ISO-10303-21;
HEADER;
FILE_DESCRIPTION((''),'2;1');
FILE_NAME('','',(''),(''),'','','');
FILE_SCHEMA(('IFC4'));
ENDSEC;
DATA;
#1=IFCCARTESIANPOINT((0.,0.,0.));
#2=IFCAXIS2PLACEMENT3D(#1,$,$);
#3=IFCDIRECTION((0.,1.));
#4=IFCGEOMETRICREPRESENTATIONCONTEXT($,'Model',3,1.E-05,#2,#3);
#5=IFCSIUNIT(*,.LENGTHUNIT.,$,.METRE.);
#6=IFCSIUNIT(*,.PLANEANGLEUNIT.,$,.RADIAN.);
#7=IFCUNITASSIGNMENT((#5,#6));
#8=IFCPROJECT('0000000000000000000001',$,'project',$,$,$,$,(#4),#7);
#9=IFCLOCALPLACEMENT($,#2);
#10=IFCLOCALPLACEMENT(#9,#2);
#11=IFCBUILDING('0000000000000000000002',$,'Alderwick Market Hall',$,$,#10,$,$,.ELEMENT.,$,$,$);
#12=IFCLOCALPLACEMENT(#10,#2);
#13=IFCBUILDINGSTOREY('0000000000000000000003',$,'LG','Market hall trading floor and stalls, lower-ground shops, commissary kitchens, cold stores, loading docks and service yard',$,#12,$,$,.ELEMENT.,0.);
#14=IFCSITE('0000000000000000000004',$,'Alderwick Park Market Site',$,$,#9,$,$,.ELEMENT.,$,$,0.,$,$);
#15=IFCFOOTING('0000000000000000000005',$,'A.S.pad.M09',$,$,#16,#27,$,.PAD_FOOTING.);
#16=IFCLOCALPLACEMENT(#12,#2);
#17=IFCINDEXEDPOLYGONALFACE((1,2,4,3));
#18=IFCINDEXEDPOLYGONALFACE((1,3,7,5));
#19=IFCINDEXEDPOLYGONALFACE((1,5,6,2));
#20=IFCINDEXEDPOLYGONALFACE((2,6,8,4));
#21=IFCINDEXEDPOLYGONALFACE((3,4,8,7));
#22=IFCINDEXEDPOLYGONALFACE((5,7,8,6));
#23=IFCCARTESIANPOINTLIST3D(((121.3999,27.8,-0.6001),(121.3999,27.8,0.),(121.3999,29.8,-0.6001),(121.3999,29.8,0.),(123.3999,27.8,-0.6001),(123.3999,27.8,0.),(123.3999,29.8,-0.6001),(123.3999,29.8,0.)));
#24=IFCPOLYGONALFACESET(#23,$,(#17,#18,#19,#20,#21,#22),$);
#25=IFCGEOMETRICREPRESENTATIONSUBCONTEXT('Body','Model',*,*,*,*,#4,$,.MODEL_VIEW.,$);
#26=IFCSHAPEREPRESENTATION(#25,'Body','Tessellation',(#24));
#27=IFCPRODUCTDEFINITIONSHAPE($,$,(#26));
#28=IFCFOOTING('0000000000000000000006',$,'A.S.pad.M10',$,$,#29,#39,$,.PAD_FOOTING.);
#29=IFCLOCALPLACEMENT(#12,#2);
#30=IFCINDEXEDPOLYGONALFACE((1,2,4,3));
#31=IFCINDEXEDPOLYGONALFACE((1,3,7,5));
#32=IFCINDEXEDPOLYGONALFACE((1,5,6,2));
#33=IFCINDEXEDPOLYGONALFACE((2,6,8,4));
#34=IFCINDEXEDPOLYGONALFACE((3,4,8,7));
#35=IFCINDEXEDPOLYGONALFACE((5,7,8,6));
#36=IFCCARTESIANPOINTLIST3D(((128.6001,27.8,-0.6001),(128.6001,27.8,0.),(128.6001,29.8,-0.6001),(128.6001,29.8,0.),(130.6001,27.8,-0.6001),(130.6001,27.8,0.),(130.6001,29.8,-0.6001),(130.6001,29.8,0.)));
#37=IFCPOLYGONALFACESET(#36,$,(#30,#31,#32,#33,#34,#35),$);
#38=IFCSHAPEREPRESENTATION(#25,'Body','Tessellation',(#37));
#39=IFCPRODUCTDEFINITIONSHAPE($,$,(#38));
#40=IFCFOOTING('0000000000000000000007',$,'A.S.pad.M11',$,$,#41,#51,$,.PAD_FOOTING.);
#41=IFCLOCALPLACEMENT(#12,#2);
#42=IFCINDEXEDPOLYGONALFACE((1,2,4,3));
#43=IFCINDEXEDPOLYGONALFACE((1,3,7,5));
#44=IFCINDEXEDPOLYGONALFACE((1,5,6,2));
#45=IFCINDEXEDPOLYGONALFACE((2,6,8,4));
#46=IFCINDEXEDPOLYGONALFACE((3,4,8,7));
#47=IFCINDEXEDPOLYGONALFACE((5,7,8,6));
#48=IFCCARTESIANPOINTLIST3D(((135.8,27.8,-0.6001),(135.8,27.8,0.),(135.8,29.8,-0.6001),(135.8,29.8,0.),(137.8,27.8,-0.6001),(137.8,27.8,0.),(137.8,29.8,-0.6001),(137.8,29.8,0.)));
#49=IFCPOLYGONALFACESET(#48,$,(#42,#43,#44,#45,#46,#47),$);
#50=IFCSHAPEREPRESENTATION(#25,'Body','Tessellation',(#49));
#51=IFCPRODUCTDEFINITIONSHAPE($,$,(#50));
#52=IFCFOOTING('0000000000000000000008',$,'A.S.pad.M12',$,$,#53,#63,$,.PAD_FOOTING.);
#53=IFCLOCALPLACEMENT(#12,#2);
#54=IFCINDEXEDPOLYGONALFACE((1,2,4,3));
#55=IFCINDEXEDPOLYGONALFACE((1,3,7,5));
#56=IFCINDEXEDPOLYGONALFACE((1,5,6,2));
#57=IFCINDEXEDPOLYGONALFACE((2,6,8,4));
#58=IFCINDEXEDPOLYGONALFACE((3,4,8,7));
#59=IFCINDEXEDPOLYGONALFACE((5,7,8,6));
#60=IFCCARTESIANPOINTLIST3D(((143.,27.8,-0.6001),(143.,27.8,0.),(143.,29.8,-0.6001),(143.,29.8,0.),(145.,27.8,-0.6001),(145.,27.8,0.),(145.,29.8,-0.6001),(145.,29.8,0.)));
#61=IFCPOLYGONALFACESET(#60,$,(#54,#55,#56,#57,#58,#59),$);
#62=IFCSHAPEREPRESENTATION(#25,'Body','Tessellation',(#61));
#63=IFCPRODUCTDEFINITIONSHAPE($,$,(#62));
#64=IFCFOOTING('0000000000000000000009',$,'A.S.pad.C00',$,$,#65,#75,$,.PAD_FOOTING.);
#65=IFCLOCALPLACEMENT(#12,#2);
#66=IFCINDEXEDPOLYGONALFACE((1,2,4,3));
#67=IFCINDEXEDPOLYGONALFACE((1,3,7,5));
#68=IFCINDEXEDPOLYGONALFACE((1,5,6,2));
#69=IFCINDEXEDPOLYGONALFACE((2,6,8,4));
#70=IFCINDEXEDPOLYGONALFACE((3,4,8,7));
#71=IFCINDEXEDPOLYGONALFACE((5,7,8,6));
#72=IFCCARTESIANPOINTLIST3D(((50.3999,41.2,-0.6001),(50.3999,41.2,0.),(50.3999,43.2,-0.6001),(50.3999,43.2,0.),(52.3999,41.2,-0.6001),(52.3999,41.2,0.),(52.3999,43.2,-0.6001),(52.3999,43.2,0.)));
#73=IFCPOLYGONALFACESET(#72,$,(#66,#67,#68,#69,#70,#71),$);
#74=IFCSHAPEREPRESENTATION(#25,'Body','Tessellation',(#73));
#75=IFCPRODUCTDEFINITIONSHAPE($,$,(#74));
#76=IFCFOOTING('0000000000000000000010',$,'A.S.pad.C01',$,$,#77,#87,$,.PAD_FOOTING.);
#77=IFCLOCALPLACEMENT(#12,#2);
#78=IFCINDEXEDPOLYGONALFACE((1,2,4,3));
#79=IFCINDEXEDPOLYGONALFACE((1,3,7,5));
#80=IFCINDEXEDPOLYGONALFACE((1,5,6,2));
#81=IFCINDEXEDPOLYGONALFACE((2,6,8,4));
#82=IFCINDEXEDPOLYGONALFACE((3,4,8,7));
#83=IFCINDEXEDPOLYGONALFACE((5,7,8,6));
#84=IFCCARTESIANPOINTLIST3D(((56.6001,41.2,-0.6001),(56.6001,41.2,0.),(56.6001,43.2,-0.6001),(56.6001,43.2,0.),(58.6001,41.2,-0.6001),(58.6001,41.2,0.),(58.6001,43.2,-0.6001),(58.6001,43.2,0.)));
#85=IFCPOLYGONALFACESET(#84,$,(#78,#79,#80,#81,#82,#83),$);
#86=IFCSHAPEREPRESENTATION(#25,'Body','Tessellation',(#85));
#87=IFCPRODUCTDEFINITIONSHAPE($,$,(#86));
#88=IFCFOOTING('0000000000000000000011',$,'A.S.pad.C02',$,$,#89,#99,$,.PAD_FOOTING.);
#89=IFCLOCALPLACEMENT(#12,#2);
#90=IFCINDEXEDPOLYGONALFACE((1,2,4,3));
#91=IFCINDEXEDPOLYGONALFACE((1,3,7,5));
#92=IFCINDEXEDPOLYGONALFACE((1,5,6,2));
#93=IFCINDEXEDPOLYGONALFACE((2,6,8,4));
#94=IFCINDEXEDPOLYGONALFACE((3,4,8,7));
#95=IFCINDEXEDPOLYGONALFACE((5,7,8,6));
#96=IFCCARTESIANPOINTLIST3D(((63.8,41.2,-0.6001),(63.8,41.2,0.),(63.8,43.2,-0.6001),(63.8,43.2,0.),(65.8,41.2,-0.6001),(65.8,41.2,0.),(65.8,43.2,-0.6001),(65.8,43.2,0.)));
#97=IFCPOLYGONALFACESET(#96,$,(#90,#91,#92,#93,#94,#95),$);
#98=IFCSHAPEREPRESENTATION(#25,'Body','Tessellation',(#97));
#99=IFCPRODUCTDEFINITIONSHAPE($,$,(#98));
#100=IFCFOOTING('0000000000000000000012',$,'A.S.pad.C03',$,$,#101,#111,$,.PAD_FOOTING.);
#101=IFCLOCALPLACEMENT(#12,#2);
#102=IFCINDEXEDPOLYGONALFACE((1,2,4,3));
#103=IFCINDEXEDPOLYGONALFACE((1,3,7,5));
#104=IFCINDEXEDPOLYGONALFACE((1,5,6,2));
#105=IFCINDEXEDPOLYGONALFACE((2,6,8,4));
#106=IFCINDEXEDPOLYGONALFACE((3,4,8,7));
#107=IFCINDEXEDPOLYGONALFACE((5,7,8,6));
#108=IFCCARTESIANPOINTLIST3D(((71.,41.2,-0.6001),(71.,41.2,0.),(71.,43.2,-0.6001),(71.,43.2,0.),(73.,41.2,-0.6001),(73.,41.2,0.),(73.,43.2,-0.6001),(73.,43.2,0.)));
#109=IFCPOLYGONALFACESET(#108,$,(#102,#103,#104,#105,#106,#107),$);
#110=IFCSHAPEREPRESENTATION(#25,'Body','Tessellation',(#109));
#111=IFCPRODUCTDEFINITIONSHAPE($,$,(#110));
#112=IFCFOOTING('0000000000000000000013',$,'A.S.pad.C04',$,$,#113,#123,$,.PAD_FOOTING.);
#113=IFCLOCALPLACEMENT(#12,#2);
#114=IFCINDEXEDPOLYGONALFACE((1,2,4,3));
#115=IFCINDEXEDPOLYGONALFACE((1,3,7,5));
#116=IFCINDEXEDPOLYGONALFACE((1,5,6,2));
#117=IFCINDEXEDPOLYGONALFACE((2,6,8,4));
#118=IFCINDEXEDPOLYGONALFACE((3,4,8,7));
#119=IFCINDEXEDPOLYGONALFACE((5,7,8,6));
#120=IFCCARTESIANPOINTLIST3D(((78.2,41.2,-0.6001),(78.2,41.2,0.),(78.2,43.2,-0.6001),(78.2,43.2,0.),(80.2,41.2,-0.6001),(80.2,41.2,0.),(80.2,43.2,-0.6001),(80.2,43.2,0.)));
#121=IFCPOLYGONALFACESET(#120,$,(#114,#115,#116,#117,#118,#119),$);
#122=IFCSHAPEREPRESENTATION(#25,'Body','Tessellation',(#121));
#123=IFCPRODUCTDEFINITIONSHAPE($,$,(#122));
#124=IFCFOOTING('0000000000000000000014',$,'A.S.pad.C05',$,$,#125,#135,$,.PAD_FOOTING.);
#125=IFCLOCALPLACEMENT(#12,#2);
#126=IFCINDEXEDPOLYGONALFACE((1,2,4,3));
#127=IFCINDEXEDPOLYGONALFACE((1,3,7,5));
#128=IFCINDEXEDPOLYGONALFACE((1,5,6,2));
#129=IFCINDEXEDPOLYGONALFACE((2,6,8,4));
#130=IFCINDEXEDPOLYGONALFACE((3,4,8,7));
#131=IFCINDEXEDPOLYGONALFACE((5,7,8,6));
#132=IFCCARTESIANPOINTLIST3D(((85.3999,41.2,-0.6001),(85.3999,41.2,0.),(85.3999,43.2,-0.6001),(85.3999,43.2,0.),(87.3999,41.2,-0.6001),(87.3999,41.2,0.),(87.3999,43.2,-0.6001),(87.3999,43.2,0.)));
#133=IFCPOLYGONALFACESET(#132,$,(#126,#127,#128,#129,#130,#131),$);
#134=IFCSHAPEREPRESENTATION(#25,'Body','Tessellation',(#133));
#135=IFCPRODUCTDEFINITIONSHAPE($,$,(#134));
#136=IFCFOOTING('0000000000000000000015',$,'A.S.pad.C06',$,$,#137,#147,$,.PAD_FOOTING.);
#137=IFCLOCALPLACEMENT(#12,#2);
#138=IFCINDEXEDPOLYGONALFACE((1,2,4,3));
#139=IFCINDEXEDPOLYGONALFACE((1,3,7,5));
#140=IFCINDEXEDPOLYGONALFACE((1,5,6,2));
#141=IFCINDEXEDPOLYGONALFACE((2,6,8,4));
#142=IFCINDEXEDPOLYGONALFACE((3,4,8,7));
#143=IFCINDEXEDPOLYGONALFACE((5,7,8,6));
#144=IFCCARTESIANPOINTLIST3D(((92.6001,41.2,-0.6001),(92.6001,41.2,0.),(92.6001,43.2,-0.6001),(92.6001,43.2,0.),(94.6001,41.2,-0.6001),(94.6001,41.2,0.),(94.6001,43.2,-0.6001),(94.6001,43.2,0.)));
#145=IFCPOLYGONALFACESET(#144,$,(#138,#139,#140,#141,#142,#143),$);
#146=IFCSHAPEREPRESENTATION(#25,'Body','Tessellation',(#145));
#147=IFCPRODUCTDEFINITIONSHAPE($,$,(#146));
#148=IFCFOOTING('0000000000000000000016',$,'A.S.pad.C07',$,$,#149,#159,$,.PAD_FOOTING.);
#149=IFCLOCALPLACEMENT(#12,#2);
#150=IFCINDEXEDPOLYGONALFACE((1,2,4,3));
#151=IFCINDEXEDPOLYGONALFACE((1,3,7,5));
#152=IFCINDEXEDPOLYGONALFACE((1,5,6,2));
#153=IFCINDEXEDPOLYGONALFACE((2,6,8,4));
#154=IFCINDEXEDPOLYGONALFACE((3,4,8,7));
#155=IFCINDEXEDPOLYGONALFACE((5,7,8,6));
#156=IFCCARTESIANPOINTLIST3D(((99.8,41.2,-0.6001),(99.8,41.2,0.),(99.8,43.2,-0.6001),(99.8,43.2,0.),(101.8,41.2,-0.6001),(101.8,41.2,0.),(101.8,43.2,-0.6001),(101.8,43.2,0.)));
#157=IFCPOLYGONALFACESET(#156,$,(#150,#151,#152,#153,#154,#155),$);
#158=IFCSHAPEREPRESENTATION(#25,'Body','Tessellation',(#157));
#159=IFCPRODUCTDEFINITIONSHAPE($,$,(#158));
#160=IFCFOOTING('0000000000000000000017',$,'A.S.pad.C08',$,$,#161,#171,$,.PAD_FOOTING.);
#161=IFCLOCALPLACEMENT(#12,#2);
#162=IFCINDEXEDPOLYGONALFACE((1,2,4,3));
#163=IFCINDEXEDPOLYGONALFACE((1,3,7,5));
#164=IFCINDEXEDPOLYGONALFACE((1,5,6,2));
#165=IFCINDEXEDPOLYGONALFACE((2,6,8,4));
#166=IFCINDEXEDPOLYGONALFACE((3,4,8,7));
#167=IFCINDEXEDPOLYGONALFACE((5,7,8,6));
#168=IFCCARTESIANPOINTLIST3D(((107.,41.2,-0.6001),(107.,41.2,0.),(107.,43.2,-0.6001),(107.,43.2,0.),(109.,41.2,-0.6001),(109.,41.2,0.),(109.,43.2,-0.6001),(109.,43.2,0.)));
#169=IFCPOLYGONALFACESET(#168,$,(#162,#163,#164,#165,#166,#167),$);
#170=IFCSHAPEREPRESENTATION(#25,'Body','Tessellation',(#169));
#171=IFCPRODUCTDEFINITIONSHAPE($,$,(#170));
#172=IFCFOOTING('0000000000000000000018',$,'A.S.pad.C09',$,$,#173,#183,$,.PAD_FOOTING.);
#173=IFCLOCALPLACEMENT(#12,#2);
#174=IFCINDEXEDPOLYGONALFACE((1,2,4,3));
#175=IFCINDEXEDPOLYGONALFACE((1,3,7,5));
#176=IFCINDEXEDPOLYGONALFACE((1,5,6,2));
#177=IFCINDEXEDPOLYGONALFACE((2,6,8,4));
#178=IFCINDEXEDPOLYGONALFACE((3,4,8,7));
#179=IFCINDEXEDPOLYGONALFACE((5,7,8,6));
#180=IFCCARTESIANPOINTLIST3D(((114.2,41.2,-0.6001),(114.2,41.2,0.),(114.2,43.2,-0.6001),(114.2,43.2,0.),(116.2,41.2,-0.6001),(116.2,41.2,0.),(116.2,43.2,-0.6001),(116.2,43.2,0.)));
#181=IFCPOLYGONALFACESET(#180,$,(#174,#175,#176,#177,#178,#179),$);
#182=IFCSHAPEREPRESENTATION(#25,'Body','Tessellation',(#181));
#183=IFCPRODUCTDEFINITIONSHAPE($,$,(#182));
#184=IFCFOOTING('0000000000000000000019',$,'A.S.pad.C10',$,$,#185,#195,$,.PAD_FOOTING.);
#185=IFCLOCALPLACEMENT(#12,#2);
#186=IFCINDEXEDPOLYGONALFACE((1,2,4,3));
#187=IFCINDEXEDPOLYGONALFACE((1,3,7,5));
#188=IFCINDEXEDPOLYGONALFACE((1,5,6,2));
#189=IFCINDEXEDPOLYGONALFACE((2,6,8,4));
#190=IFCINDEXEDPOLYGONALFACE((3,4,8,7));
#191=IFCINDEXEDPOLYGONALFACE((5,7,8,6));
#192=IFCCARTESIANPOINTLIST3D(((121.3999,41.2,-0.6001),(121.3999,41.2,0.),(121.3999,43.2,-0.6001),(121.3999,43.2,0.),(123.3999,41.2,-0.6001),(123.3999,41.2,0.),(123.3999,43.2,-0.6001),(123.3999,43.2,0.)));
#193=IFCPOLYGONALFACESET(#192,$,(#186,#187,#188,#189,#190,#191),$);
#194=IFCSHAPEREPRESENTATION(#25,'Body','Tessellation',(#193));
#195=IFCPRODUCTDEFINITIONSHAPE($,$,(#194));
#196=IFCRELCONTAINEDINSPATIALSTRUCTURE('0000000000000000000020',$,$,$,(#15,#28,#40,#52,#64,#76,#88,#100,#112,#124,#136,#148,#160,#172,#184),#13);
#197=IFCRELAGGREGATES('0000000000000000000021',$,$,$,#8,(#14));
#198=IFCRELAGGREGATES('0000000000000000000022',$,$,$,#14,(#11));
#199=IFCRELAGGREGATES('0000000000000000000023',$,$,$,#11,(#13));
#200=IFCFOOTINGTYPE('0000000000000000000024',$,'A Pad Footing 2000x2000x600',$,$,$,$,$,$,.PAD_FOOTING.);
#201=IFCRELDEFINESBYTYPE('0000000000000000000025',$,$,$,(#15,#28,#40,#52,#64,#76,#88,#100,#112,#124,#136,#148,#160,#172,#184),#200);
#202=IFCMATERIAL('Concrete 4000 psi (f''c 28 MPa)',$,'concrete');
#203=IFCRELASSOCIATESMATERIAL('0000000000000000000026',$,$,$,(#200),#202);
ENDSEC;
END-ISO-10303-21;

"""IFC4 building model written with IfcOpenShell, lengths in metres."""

from ifc_helpers import new_model, si_unit, direction, frame, origin, place, context, subcontext, project, spatial, polyline, outline, extrude, material, type_object, element, save


model = new_model("IFC4")

# Units and contexts
model_context = context("Model", 3, precision=1e-05, world=origin(), true_north=direction((0.0, 1.0)))
body_context = subcontext(model_context, "Body", "Model", "MODEL_VIEW")
ifc_project = project(units=[si_unit("LENGTHUNIT", "METRE"), si_unit("PLANEANGLEUNIT", "RADIAN")], contexts=[model_context])

# Site, building, storey
site_placement = place(None, origin())
site = spatial("IfcSite", under=ifc_project, at=site_placement, Name="Alderwick Park Market Site", CompositionType="ELEMENT", RefElevation=0.0)
building_placement = place(site_placement, origin())
building = spatial("IfcBuilding", under=site, at=building_placement, Name="Alderwick Market Hall", CompositionType="ELEMENT")
storey_placement = place(building_placement, origin())
storey = spatial("IfcBuildingStorey", under=building, at=storey_placement, Name="LG", Description="Market hall trading floor and stalls, lower-ground shops, commissary kitchens, cold stores, loading docks and service yard", CompositionType="ELEMENT", Elevation=0.0)

# Footings
ifc_material = material(Name="Concrete 4000 psi (f'c 28 MPa)", Category="concrete")
footing_type_1 = type_object("IfcFootingType", Name="A Pad Footing 2000x2000x600", PredefinedType="PAD_FOOTING", material=ifc_material)
footing_1_placement = place(storey_placement, frame((0.0, 0.0, -0.6001)))
element("IfcFooting", 1, at=footing_1_placement, inside=storey, type_object=footing_type_1, Name="A.S.pad.M09", PredefinedType="PAD_FOOTING", context=body_context, shape_type="SweptSolid", body=[
    extrude(outline(polyline([(121.3999, 27.8), (123.3999, 27.8), (123.3999, 29.8), (121.3999, 29.8), (121.3999, 27.8)])), origin(), (0.0, 0.0, 1.0), 0.6001),
])
footing_2_placement = place(storey_placement, frame((0.0, 0.0, -0.6001)))
element("IfcFooting", 2, at=footing_2_placement, inside=storey, type_object=footing_type_1, Name="A.S.pad.M10", PredefinedType="PAD_FOOTING", context=body_context, shape_type="SweptSolid", body=[
    extrude(outline(polyline([(128.6001, 27.8), (130.6001, 27.8), (130.6001, 29.8), (128.6001, 29.8), (128.6001, 27.8)])), origin(), (0.0, 0.0, 1.0), 0.6001),
])
footing_3_placement = place(storey_placement, frame((0.0, 0.0, -0.6001)))
element("IfcFooting", 3, at=footing_3_placement, inside=storey, type_object=footing_type_1, Name="A.S.pad.M11", PredefinedType="PAD_FOOTING", context=body_context, shape_type="SweptSolid", body=[
    extrude(outline(polyline([(135.8, 27.8), (137.8, 27.8), (137.8, 29.8), (135.8, 29.8), (135.8, 27.8)])), origin(), (0.0, 0.0, 1.0), 0.6001),
])
footing_4_placement = place(storey_placement, frame((0.0, 0.0, -0.6001)))
element("IfcFooting", 4, at=footing_4_placement, inside=storey, type_object=footing_type_1, Name="A.S.pad.M12", PredefinedType="PAD_FOOTING", context=body_context, shape_type="SweptSolid", body=[
    extrude(outline(polyline([(143.0, 27.8), (145.0, 27.8), (145.0, 29.8), (143.0, 29.8), (143.0, 27.8)])), origin(), (0.0, 0.0, 1.0), 0.6001),
])
footing_5_placement = place(storey_placement, frame((0.0, 0.0, -0.6001)))
element("IfcFooting", 5, at=footing_5_placement, inside=storey, type_object=footing_type_1, Name="A.S.pad.C00", PredefinedType="PAD_FOOTING", context=body_context, shape_type="SweptSolid", body=[
    extrude(outline(polyline([(50.3999, 41.2), (52.3999, 41.2), (52.3999, 43.2), (50.3999, 43.2), (50.3999, 41.2)])), origin(), (0.0, 0.0, 1.0), 0.6001),
])
footing_6_placement = place(storey_placement, frame((0.0, 0.0, -0.6001)))
element("IfcFooting", 6, at=footing_6_placement, inside=storey, type_object=footing_type_1, Name="A.S.pad.C01", PredefinedType="PAD_FOOTING", context=body_context, shape_type="SweptSolid", body=[
    extrude(outline(polyline([(56.6001, 41.2), (58.6001, 41.2), (58.6001, 43.2), (56.6001, 43.2), (56.6001, 41.2)])), origin(), (0.0, 0.0, 1.0), 0.6001),
])
footing_7_placement = place(storey_placement, frame((0.0, 0.0, -0.6001)))
element("IfcFooting", 7, at=footing_7_placement, inside=storey, type_object=footing_type_1, Name="A.S.pad.C02", PredefinedType="PAD_FOOTING", context=body_context, shape_type="SweptSolid", body=[
    extrude(outline(polyline([(63.8, 41.2), (65.8, 41.2), (65.8, 43.2), (63.8, 43.2), (63.8, 41.2)])), origin(), (0.0, 0.0, 1.0), 0.6001),
])
footing_8_placement = place(storey_placement, frame((0.0, 0.0, -0.6001)))
element("IfcFooting", 8, at=footing_8_placement, inside=storey, type_object=footing_type_1, Name="A.S.pad.C03", PredefinedType="PAD_FOOTING", context=body_context, shape_type="SweptSolid", body=[
    extrude(outline(polyline([(71.0, 41.2), (73.0, 41.2), (73.0, 43.2), (71.0, 43.2), (71.0, 41.2)])), origin(), (0.0, 0.0, 1.0), 0.6001),
])
footing_9_placement = place(storey_placement, frame((0.0, 0.0, -0.6001)))
element("IfcFooting", 9, at=footing_9_placement, inside=storey, type_object=footing_type_1, Name="A.S.pad.C04", PredefinedType="PAD_FOOTING", context=body_context, shape_type="SweptSolid", body=[
    extrude(outline(polyline([(78.2, 41.2), (80.2, 41.2), (80.2, 43.2), (78.2, 43.2), (78.2, 41.2)])), origin(), (0.0, 0.0, 1.0), 0.6001),
])
footing_10_placement = place(storey_placement, frame((0.0, 0.0, -0.6001)))
element("IfcFooting", 10, at=footing_10_placement, inside=storey, type_object=footing_type_1, Name="A.S.pad.C05", PredefinedType="PAD_FOOTING", context=body_context, shape_type="SweptSolid", body=[
    extrude(outline(polyline([(85.3999, 41.2), (87.3999, 41.2), (87.3999, 43.2), (85.3999, 43.2), (85.3999, 41.2)])), origin(), (0.0, 0.0, 1.0), 0.6001),
])
footing_11_placement = place(storey_placement, frame((0.0, 0.0, -0.6001)))
element("IfcFooting", 11, at=footing_11_placement, inside=storey, type_object=footing_type_1, Name="A.S.pad.C06", PredefinedType="PAD_FOOTING", context=body_context, shape_type="SweptSolid", body=[
    extrude(outline(polyline([(92.6001, 41.2), (94.6001, 41.2), (94.6001, 43.2), (92.6001, 43.2), (92.6001, 41.2)])), origin(), (0.0, 0.0, 1.0), 0.6001),
])
footing_12_placement = place(storey_placement, frame((0.0, 0.0, -0.6001)))
element("IfcFooting", 12, at=footing_12_placement, inside=storey, type_object=footing_type_1, Name="A.S.pad.C07", PredefinedType="PAD_FOOTING", context=body_context, shape_type="SweptSolid", body=[
    extrude(outline(polyline([(99.8, 41.2), (101.8, 41.2), (101.8, 43.2), (99.8, 43.2), (99.8, 41.2)])), origin(), (0.0, 0.0, 1.0), 0.6001),
])
footing_13_placement = place(storey_placement, frame((0.0, 0.0, -0.6001)))
element("IfcFooting", 13, at=footing_13_placement, inside=storey, type_object=footing_type_1, Name="A.S.pad.C08", PredefinedType="PAD_FOOTING", context=body_context, shape_type="SweptSolid", body=[
    extrude(outline(polyline([(107.0, 41.2), (109.0, 41.2), (109.0, 43.2), (107.0, 43.2), (107.0, 41.2)])), origin(), (0.0, 0.0, 1.0), 0.6001),
])
footing_14_placement = place(storey_placement, frame((0.0, 0.0, -0.6001)))
element("IfcFooting", 14, at=footing_14_placement, inside=storey, type_object=footing_type_1, Name="A.S.pad.C09", PredefinedType="PAD_FOOTING", context=body_context, shape_type="SweptSolid", body=[
    extrude(outline(polyline([(114.2, 41.2), (116.2, 41.2), (116.2, 43.2), (114.2, 43.2), (114.2, 41.2)])), origin(), (0.0, 0.0, 1.0), 0.6001),
])
footing_15_placement = place(storey_placement, frame((0.0, 0.0, -0.6001)))
element("IfcFooting", 15, at=footing_15_placement, inside=storey, type_object=footing_type_1, Name="A.S.pad.C10", PredefinedType="PAD_FOOTING", context=body_context, shape_type="SweptSolid", body=[
    extrude(outline(polyline([(121.3999, 41.2), (123.3999, 41.2), (123.3999, 43.2), (121.3999, 43.2), (121.3999, 41.2)])), origin(), (0.0, 0.0, 1.0), 0.6001),
])

save(model, "model.ifc")
